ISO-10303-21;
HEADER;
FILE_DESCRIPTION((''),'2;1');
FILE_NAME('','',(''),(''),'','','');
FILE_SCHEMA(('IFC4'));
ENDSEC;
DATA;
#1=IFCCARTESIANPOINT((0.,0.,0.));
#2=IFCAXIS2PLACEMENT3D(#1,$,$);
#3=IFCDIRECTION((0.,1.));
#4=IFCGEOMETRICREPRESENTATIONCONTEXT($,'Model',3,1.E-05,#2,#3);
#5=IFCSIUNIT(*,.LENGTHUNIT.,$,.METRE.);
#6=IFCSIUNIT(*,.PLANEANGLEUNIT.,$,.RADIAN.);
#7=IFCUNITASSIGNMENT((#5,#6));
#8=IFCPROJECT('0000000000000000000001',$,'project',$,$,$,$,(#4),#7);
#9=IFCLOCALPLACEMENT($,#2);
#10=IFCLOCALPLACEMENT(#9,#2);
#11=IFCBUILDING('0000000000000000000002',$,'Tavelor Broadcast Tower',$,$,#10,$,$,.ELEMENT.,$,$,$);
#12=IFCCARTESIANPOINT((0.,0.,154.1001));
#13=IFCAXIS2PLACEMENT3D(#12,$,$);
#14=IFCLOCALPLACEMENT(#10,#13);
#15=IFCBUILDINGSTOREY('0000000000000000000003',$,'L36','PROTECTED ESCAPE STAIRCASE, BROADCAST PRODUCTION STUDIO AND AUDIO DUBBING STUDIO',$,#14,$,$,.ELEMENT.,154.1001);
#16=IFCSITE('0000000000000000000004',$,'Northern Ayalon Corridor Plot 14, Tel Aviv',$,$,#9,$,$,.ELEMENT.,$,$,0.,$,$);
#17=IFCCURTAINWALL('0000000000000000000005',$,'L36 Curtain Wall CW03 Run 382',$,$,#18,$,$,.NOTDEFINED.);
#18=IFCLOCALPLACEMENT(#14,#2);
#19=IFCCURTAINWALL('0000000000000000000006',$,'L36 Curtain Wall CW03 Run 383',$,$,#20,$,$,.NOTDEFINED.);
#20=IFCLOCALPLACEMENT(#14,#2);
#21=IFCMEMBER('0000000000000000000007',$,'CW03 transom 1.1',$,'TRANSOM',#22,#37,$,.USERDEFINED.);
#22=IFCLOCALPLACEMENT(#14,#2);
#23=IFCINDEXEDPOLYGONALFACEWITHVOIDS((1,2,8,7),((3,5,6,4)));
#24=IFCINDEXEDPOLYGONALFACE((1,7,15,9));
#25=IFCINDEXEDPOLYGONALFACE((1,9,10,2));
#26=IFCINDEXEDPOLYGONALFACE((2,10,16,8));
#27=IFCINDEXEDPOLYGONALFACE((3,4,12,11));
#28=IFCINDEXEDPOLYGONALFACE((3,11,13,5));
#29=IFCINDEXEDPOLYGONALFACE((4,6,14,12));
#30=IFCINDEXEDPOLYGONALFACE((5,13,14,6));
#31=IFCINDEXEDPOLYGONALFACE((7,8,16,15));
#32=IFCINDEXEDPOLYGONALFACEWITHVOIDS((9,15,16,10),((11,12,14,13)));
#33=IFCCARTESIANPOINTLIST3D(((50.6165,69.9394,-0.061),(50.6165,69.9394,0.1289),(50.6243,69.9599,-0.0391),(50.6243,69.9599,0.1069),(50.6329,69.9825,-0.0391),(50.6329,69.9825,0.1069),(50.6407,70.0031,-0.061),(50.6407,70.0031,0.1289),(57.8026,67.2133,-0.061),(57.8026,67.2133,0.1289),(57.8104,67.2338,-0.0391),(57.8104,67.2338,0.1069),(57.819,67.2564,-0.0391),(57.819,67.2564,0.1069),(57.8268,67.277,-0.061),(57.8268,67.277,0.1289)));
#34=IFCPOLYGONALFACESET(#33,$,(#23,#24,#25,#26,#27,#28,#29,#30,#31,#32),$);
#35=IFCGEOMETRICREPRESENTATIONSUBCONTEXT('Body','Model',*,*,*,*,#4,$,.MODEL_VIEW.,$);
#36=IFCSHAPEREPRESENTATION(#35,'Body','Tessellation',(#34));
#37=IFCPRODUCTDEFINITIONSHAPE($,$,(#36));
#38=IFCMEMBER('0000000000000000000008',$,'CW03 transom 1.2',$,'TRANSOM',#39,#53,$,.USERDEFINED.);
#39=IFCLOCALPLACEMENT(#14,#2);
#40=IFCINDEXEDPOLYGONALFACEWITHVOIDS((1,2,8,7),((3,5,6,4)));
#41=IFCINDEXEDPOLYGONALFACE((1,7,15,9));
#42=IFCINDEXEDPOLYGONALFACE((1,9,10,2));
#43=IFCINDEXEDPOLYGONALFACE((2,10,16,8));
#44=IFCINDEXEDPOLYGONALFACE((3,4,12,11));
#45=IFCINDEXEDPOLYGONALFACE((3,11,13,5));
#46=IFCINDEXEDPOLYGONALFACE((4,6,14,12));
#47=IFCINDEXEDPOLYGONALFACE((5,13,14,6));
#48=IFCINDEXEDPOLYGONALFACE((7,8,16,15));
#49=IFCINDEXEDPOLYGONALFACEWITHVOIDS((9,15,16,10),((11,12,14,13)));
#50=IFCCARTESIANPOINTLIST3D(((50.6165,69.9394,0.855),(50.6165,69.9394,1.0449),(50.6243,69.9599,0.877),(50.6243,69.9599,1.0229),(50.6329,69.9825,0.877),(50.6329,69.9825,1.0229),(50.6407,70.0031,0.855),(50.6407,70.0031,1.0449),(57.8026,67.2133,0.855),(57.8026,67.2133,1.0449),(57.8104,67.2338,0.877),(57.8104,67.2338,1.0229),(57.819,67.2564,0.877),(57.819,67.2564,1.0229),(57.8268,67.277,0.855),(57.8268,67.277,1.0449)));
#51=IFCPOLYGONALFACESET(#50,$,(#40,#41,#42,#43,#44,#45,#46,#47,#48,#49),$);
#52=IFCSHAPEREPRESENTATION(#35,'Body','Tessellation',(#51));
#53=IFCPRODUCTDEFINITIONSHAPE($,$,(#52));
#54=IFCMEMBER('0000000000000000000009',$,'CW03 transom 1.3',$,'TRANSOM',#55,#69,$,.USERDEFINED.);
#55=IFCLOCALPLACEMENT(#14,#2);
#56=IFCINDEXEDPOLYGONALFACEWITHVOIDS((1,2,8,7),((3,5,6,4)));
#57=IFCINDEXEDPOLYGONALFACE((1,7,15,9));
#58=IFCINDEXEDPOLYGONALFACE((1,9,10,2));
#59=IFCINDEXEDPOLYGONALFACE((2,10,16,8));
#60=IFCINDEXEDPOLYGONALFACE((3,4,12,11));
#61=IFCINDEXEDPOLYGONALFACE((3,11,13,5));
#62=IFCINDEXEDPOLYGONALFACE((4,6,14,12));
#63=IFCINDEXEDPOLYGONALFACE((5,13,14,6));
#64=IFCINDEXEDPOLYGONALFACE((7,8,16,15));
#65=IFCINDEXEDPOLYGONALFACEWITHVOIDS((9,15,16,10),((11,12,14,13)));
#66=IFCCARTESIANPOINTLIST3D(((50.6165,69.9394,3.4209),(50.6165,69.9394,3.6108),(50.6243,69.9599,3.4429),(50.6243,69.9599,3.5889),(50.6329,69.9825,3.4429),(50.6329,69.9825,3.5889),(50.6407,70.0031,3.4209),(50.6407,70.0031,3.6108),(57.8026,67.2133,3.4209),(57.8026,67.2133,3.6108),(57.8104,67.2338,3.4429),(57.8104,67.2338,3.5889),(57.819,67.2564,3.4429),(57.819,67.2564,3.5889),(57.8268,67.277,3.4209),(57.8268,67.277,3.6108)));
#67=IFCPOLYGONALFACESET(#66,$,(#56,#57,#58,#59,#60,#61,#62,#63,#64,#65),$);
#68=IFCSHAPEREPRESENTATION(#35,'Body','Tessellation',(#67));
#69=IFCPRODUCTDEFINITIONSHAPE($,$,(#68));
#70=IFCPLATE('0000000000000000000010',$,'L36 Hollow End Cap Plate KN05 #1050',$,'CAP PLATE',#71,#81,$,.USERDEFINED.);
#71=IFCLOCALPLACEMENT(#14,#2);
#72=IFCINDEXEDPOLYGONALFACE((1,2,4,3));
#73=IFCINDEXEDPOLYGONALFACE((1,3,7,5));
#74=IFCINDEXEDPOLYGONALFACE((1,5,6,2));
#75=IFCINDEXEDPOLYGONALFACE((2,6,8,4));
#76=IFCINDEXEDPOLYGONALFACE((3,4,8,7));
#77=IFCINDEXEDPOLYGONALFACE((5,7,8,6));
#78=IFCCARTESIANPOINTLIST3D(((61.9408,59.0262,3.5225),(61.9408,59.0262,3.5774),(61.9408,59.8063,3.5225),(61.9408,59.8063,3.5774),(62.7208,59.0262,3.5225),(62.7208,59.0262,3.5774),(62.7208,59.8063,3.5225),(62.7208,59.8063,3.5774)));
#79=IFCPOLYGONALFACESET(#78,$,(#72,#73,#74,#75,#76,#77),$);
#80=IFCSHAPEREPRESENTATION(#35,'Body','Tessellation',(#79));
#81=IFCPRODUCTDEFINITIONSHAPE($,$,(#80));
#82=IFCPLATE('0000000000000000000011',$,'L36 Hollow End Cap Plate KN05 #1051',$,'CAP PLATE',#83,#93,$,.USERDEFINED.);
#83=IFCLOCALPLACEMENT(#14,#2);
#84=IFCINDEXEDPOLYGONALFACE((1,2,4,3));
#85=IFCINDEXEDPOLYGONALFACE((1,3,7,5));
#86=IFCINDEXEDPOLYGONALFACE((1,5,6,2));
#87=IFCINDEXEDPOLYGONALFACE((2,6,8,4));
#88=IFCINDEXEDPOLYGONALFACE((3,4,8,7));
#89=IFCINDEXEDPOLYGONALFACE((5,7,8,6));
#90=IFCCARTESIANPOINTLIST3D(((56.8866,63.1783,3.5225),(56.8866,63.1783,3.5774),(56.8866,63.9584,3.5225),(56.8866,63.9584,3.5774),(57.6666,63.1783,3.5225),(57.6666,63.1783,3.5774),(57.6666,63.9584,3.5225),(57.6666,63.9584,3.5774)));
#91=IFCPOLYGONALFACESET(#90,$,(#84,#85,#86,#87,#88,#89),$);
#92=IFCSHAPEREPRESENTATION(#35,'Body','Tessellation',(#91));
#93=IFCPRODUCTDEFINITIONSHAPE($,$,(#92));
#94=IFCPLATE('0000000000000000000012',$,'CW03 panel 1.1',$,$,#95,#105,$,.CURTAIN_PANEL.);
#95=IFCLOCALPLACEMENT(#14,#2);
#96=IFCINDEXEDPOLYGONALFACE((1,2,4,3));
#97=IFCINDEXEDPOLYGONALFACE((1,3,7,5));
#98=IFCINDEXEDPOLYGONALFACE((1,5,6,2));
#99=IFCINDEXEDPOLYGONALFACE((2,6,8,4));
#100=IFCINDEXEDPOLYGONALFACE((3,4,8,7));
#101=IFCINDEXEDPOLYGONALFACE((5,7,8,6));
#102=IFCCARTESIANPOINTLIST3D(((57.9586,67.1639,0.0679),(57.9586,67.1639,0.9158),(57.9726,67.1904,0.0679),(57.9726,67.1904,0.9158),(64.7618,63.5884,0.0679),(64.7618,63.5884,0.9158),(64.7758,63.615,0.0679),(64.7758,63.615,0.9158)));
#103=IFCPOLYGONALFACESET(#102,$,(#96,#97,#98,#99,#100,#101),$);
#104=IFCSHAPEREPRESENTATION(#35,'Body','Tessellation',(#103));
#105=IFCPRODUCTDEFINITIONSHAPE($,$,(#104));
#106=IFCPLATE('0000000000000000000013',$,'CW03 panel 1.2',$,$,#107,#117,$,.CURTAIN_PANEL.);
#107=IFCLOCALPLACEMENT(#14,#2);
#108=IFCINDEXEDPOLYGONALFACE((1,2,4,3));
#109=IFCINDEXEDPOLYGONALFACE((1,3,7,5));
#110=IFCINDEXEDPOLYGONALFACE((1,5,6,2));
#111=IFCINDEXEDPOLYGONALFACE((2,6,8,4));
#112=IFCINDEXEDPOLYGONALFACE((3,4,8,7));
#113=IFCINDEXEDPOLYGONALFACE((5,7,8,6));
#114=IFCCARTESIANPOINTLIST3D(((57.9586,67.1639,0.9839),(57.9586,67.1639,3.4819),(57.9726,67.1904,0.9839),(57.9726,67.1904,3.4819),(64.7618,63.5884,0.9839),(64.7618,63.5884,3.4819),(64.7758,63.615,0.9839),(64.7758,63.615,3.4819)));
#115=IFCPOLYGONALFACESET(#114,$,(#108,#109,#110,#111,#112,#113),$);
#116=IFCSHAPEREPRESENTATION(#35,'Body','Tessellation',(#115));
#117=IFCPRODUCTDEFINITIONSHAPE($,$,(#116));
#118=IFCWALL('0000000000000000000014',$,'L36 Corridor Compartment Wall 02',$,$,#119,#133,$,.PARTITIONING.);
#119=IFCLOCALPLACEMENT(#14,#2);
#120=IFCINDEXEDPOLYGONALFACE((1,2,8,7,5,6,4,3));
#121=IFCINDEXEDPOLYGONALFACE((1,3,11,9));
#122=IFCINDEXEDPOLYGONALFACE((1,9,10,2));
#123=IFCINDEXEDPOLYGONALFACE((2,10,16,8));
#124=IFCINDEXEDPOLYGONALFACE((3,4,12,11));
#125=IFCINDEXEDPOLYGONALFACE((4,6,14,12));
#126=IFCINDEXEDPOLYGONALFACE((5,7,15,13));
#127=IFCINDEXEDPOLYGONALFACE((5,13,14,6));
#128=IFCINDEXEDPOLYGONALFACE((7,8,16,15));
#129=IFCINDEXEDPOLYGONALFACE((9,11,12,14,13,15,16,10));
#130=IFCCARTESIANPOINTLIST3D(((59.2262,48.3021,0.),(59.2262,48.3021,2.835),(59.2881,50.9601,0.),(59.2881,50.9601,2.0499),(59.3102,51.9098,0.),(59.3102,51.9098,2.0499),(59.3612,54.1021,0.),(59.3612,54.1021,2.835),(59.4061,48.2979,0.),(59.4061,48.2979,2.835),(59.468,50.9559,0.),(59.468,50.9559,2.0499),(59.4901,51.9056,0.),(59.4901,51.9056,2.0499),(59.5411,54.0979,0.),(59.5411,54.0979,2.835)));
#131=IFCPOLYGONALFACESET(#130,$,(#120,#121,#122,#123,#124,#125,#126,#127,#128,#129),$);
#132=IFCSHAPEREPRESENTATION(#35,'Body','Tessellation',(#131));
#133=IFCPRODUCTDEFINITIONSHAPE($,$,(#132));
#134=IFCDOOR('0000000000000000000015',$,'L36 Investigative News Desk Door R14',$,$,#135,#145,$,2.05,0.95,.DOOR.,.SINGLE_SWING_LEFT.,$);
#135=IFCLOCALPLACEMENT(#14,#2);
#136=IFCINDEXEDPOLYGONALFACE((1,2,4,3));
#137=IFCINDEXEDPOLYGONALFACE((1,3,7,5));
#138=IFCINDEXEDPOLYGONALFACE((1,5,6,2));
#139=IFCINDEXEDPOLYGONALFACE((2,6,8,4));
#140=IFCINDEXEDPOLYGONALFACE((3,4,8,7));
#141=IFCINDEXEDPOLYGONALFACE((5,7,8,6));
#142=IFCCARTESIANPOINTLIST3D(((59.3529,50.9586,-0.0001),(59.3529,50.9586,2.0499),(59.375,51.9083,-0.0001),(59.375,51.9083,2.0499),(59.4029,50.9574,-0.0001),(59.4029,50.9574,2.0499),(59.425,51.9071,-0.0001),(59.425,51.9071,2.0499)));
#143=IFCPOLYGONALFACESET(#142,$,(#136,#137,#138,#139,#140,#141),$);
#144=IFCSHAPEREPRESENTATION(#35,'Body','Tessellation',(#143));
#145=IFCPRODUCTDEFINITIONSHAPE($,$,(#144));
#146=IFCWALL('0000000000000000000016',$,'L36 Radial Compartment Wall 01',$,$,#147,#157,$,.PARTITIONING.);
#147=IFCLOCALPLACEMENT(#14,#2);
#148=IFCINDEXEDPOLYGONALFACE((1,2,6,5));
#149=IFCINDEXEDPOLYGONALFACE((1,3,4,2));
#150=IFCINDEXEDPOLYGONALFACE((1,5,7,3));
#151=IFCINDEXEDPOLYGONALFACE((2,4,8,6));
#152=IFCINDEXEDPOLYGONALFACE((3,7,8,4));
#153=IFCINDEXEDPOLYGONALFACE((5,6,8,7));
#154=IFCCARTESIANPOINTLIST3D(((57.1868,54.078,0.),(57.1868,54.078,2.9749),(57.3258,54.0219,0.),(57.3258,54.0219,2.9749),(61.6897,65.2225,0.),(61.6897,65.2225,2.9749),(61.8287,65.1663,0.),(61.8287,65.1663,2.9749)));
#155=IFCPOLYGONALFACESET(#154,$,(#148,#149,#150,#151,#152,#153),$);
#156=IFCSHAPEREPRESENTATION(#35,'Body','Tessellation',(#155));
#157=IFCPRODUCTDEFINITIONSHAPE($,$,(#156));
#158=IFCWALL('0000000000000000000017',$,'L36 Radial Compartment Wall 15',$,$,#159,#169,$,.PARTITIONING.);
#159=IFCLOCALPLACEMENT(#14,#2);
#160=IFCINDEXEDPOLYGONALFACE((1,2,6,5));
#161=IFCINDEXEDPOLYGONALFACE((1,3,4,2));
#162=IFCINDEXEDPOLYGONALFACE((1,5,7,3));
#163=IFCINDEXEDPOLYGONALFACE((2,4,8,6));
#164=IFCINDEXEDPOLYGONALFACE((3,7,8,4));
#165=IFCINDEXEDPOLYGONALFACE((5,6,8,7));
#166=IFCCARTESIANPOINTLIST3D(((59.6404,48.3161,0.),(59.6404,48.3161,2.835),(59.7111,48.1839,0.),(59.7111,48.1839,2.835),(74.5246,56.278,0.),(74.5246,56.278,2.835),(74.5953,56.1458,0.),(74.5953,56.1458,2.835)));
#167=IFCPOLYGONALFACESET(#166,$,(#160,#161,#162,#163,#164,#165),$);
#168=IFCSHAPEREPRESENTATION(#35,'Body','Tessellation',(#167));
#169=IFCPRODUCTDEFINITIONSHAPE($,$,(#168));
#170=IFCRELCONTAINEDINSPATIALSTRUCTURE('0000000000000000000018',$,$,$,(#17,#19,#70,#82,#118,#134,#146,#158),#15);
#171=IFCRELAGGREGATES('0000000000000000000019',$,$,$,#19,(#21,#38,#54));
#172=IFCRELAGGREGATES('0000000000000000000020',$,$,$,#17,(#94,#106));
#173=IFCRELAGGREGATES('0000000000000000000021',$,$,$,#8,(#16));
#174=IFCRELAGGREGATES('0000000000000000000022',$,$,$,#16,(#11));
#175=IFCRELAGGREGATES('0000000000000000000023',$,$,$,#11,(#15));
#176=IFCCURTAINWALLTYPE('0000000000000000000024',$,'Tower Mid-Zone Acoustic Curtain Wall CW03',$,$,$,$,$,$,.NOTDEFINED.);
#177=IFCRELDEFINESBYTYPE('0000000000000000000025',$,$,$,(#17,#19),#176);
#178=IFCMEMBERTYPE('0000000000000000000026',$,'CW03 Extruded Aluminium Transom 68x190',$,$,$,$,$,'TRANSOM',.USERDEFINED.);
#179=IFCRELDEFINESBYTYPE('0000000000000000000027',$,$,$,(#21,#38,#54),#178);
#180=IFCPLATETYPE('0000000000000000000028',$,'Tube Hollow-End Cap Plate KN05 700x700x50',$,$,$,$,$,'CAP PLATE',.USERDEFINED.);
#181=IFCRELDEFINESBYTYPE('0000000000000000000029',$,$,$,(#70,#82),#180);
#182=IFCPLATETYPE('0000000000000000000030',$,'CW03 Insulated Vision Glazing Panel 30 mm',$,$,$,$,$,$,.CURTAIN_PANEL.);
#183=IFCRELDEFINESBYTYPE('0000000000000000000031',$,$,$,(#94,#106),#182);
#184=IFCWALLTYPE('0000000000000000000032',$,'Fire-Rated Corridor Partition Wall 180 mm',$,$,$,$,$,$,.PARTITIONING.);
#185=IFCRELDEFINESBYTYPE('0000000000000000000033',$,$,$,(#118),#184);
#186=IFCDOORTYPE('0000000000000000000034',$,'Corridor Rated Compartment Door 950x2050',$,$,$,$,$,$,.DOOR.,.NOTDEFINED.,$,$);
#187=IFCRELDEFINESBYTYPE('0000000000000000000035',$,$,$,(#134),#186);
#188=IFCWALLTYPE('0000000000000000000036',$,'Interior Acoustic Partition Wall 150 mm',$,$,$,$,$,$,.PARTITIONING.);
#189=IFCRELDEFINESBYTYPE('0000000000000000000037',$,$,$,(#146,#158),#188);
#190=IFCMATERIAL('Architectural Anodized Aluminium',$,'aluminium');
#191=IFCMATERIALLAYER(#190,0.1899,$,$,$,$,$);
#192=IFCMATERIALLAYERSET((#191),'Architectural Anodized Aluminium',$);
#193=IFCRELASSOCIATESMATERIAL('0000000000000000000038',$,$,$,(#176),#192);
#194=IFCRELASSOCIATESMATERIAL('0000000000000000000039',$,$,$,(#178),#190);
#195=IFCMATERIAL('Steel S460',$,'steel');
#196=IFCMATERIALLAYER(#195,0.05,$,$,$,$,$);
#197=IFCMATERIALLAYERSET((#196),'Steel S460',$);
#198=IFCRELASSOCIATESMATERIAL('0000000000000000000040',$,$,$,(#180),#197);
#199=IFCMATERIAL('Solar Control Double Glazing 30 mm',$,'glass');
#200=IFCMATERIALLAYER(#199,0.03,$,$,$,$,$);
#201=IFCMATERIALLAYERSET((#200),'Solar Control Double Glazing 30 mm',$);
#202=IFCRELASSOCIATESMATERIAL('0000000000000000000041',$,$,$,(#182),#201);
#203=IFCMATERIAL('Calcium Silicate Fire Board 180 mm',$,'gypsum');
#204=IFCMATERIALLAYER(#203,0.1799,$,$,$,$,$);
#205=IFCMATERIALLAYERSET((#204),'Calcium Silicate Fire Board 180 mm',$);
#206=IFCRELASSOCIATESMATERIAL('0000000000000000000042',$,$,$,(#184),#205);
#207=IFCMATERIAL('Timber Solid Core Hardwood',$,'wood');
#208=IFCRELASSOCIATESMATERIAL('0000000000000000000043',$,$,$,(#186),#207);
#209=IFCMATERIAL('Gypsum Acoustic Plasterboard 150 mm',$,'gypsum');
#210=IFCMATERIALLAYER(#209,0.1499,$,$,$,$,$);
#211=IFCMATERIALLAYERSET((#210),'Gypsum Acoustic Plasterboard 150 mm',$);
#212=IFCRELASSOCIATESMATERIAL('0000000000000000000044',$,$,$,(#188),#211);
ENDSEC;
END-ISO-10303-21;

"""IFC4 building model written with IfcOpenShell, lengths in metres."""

from ifc_helpers import new_model, si_unit, direction, frame, frame_2d, origin, origin_2d, place, context, subcontext, project, spatial, rectangle, hollow_rectangle, extrude, source, transform, mapped, material, layer, layer_set, material_profile, profile_set, type_object, type_shapes, element, fill, aggregate, save


model = new_model("IFC4")

# Units and contexts
model_context = context("Model", 3, precision=1e-05, world=origin(), true_north=direction((0.0, 1.0)))
body_context = subcontext(model_context, "Body", "Model", "MODEL_VIEW")
ifc_project = project(units=[si_unit("LENGTHUNIT", "METRE"), si_unit("PLANEANGLEUNIT", "RADIAN")], contexts=[model_context])

# Site, building, storey
site_placement = place(None, origin())
site = spatial("IfcSite", under=ifc_project, at=site_placement, Name="Northern Ayalon Corridor Plot 14, Tel Aviv", CompositionType="ELEMENT", RefElevation=0.0)
building_placement = place(site_placement, origin())
building = spatial("IfcBuilding", under=site, at=building_placement, Name="Tavelor Broadcast Tower", CompositionType="ELEMENT")
storey_placement = place(building_placement, frame((0.0, 0.0, 154.1001)))
storey = spatial("IfcBuildingStorey", under=building, at=storey_placement, Name="L36", Description="PROTECTED ESCAPE STAIRCASE, BROADCAST PRODUCTION STUDIO AND AUDIO DUBBING STUDIO", CompositionType="ELEMENT", Elevation=154.1001)

# Shared definitions
ifc_material_1 = material(Name="Steel S460", Category="steel")

# Curtain walls
ifc_material_2 = material(Name="Architectural Anodized Aluminium", Category="aluminium")
ifc_layer_1 = layer(ifc_material_2, 0.1899)
ifc_layer_set_1 = layer_set([ifc_layer_1], Name="Architectural Anodized Aluminium")
curtain_wall_type = type_object("IfcCurtainWallType", Name="Tower Mid-Zone Acoustic Curtain Wall CW03", PredefinedType="NOTDEFINED", material=ifc_layer_set_1)
curtain_wall_1_placement = place(storey_placement, origin())
curtain_wall_1 = element("IfcCurtainWall", 1, at=curtain_wall_1_placement, inside=storey, type_object=curtain_wall_type, Name="L36 Curtain Wall CW03 Run 382", PredefinedType="NOTDEFINED")
curtain_wall_2_placement = place(storey_placement, origin())
curtain_wall_2 = element("IfcCurtainWall", 2, at=curtain_wall_2_placement, inside=storey, type_object=curtain_wall_type, Name="L36 Curtain Wall CW03 Run 383", PredefinedType="NOTDEFINED")

# Members
ifc_material_profile_1 = material_profile(ifc_material_2, hollow_rectangle(XDim=0.0681, YDim=0.1899, WallThickness=0.022, at=origin_2d()), Name="RHS 68x190x22")
ifc_profile_set_1 = profile_set([ifc_material_profile_1], Name="Architectural Anodized Aluminium")
member_type_1 = type_object("IfcMemberType", Name="CW03 Extruded Aluminium Transom 68x190", ElementType="TRANSOM", PredefinedType="USERDEFINED", material=ifc_profile_set_1)
shared_shape_1 = source(origin(), body_context, "Body", "SweptSolid", [
    extrude(hollow_rectangle(XDim=0.0681, YDim=0.1899, WallThickness=0.022, at=origin_2d()), origin(), (0.0, 0.0, 1.0), 7.6858),
])
member_1_placement = place(storey_placement, frame((57.8147, 67.2451, 0.0339), z_axis=(-0.934983, 0.354693, 0.0), x_axis=(-0.354693, -0.934983, 0.0)))
member_1 = element("IfcMember", 3, at=member_1_placement, type_object=member_type_1, Name="CW03 transom 1.1", ObjectType="TRANSOM", PredefinedType="USERDEFINED", context=body_context, shape_type="MappedRepresentation", body=[
    mapped(shared_shape_1, transform((0.0, 0.0, 0.0), scale=1.0)),
])
member_2_placement = place(storey_placement, frame((57.8147, 67.2451, 0.95), z_axis=(-0.934983, 0.354693, 0.0), x_axis=(-0.354693, -0.934983, 0.0)))
member_2 = element("IfcMember", 4, at=member_2_placement, type_object=member_type_1, Name="CW03 transom 1.2", ObjectType="TRANSOM", PredefinedType="USERDEFINED", context=body_context, shape_type="MappedRepresentation", body=[
    mapped(shared_shape_1, transform((0.0, 0.0, 0.0), scale=1.0)),
])
member_3_placement = place(storey_placement, frame((57.8147, 67.2451, 3.5159), z_axis=(-0.934983, 0.354693, 0.0), x_axis=(-0.354693, -0.934983, 0.0)))
member_3 = element("IfcMember", 5, at=member_3_placement, type_object=member_type_1, Name="CW03 transom 1.3", ObjectType="TRANSOM", PredefinedType="USERDEFINED", context=body_context, shape_type="MappedRepresentation", body=[
    mapped(shared_shape_1, transform((0.0, 0.0, 0.0), scale=1.0)),
])
aggregate(curtain_wall_2, [member_1, member_2, member_3])

# Plates
ifc_layer_2 = layer(ifc_material_1, 0.05)
ifc_layer_set_2 = layer_set([ifc_layer_2], Name="Steel S460")
plate_type_1 = type_object("IfcPlateType", Name="Tube Hollow-End Cap Plate KN05 700x700x50", ElementType="CAP PLATE", PredefinedType="USERDEFINED", material=ifc_layer_set_2)
shared_shape_2 = source(origin(), body_context, "Body", "SweptSolid", [
    extrude(rectangle(XDim=0.78, YDim=0.78, at=origin_2d()), origin(), (0.0, 0.0, 1.0), 0.0549),
])
type_shapes(plate_type_1, [shared_shape_2])
for number, where, z_axis, x_axis, name in (
    (6, (62.3308, 59.4163, 3.5225), (0.0, 0.0, 1.0), (1.0, 0.0, 0.0), "L36 Hollow End Cap Plate KN05 #1050"),
    (7, (57.2766, 63.5684, 3.5225), (0.0, 0.0, 1.0), (1.0, 0.0, 0.0), "L36 Hollow End Cap Plate KN05 #1051"),
):
    element("IfcPlate", number, at=place(storey_placement, frame(where, z_axis=z_axis, x_axis=x_axis)), inside=storey, type_object=plate_type_1, Name=name, ObjectType="CAP PLATE", PredefinedType="USERDEFINED", context=body_context, shape_type="MappedRepresentation", body=[
        mapped(shared_shape_2, transform((0.0, 0.0, 0.0), scale=1.0)),
    ])

# Plates
ifc_material_3 = material(Name="Solar Control Double Glazing 30 mm", Category="glass")
ifc_layer_3 = layer(ifc_material_3, 0.03)
ifc_layer_set_3 = layer_set([ifc_layer_3], Name="Solar Control Double Glazing 30 mm")
plate_type_2 = type_object("IfcPlateType", Name="CW03 Insulated Vision Glazing Panel 30 mm", PredefinedType="CURTAIN_PANEL", material=ifc_layer_set_3)
shared_shape_3 = source(origin(), body_context, "Body", "SweptSolid", [
    extrude(rectangle(XDim=7.6855, YDim=0.03, at=origin_2d()), origin(), (0.0, 0.0, 1.0), 0.8479),
])
plate_1_placement = place(storey_placement, frame((61.3672, 65.3894, 0.0679), z_axis=(0.0, 0.0, 1.0), x_axis=(-0.885195, 0.465221, 0.0)))
plate_1 = element("IfcPlate", 8, at=plate_1_placement, type_object=plate_type_2, Name="CW03 panel 1.1", PredefinedType="CURTAIN_PANEL", context=body_context, shape_type="MappedRepresentation", body=[
    mapped(shared_shape_3, transform((0.0, 0.0, 0.0), scale=1.0)),
])
shared_shape_4 = source(origin(), body_context, "Body", "SweptSolid", [
    extrude(rectangle(XDim=7.6855, YDim=0.03, at=origin_2d()), origin(), (0.0, 0.0, 1.0), 2.498),
])
type_shapes(plate_type_2, [shared_shape_3, shared_shape_4])
plate_2_placement = place(storey_placement, frame((61.3672, 65.3894, 0.9839), z_axis=(0.0, 0.0, 1.0), x_axis=(-0.885195, 0.465221, 0.0)))
plate_2 = element("IfcPlate", 9, at=plate_2_placement, type_object=plate_type_2, Name="CW03 panel 1.2", PredefinedType="CURTAIN_PANEL", context=body_context, shape_type="MappedRepresentation", body=[
    mapped(shared_shape_4, transform((0.0, 0.0, 0.0), scale=1.0)),
])
aggregate(curtain_wall_1, [plate_1, plate_2])

# Wall, opening, door
ifc_material_4 = material(Name="Calcium Silicate Fire Board 180 mm", Category="gypsum")
ifc_layer_4 = layer(ifc_material_4, 0.1799)
ifc_layer_set_4 = layer_set([ifc_layer_4], Name="Calcium Silicate Fire Board 180 mm")
wall_type_1 = type_object("IfcWallType", Name="Fire-Rated Corridor Partition Wall 180 mm", PredefinedType="PARTITIONING", material=ifc_layer_set_4)
wall_1_placement = place(storey_placement, frame((59.4512, 54.1001, 0.0), z_axis=(0.0, 0.0, 1.0), x_axis=(-0.023271, -0.999729, 0.0)))
wall_1 = element("IfcWall", 10, at=wall_1_placement, inside=storey, type_object=wall_type_1, Name="L36 Corridor Compartment Wall 02", PredefinedType="PARTITIONING", context=body_context, shape_type="SweptSolid", body=[
    extrude(rectangle(XDim=5.8015, YDim=0.1799, at=frame_2d((2.9009, 0.0))), origin(), (0.0, 0.0, 1.0), 2.835),
])
opening_1_placement = place(wall_1_placement, frame((2.1929, 0.0, 0.0)))
opening_1 = element("IfcOpeningElement", 11, at=opening_1_placement, cuts=wall_1, PredefinedType="OPENING", context=body_context, shape_type="SweptSolid", body=[
    extrude(rectangle(XDim=0.95, YDim=2.05, at=frame_2d((0.4751, 1.0249))), frame((0.0, 0.1001, 0.0), z_axis=(0.0, -1.0, 0.0), x_axis=(1.0, 0.0, 0.0)), (0.0, 0.0, 1.0), 0.2),
])
ifc_material_5 = material(Name="Timber Solid Core Hardwood", Category="wood")
door_type = type_object("IfcDoorType", Name="Corridor Rated Compartment Door 950x2050", OperationType="NOTDEFINED", PredefinedType="DOOR", material=ifc_material_5)
door_1_placement = place(opening_1_placement, origin())
door_1 = element("IfcDoor", 12, at=door_1_placement, inside=storey, type_object=door_type, Name="L36 Investigative News Desk Door R14", OperationType="SINGLE_SWING_LEFT", OverallHeight=2.05, OverallWidth=0.95, PredefinedType="DOOR", context=body_context, shape_type="SweptSolid", body=[
    extrude(rectangle(XDim=0.95, YDim=2.05, at=frame_2d((0.4751, 1.0249))), frame((0.0, 0.0249, 0.0), z_axis=(0.0, -1.0, 0.0), x_axis=(1.0, 0.0, 0.0)), (0.0, 0.0, 1.0), 0.05),
])
fill(opening_1, door_1)

# Walls
ifc_material_6 = material(Name="Gypsum Acoustic Plasterboard 150 mm", Category="gypsum")
ifc_layer_5 = layer(ifc_material_6, 0.1499)
ifc_layer_set_5 = layer_set([ifc_layer_5], Name="Gypsum Acoustic Plasterboard 150 mm")
wall_type_2 = type_object("IfcWallType", Name="Interior Acoustic Partition Wall 150 mm", PredefinedType="PARTITIONING", material=ifc_layer_set_5)
wall_2_placement = place(storey_placement, frame((57.2563, 54.05, 0.0), z_axis=(0.0, 0.0, 1.0), x_axis=(0.374624, 0.927177, 0.0)))
element("IfcWall", 13, at=wall_2_placement, inside=storey, type_object=wall_type_2, Name="L36 Radial Compartment Wall 01", PredefinedType="PARTITIONING", context=body_context, shape_type="SweptSolid", body=[
    extrude(rectangle(XDim=12.0198, YDim=0.1499, at=frame_2d((6.0098, 0.0))), origin(), (0.0, 0.0, 1.0), 2.9749),
])
wall_3_placement = place(storey_placement, frame((59.6758, 48.25, 0.0), z_axis=(0.0, 0.0, 1.0), x_axis=(0.881771, 0.471678, 0.0)))
element("IfcWall", 14, at=wall_3_placement, inside=storey, type_object=wall_type_2, Name="L36 Radial Compartment Wall 15", PredefinedType="PARTITIONING", context=body_context, shape_type="SweptSolid", body=[
    extrude(rectangle(XDim=16.8799, YDim=0.1499, at=frame_2d((8.4399, 0.0))), origin(), (0.0, 0.0, 1.0), 2.835),
])

save(model, "model.ifc")
